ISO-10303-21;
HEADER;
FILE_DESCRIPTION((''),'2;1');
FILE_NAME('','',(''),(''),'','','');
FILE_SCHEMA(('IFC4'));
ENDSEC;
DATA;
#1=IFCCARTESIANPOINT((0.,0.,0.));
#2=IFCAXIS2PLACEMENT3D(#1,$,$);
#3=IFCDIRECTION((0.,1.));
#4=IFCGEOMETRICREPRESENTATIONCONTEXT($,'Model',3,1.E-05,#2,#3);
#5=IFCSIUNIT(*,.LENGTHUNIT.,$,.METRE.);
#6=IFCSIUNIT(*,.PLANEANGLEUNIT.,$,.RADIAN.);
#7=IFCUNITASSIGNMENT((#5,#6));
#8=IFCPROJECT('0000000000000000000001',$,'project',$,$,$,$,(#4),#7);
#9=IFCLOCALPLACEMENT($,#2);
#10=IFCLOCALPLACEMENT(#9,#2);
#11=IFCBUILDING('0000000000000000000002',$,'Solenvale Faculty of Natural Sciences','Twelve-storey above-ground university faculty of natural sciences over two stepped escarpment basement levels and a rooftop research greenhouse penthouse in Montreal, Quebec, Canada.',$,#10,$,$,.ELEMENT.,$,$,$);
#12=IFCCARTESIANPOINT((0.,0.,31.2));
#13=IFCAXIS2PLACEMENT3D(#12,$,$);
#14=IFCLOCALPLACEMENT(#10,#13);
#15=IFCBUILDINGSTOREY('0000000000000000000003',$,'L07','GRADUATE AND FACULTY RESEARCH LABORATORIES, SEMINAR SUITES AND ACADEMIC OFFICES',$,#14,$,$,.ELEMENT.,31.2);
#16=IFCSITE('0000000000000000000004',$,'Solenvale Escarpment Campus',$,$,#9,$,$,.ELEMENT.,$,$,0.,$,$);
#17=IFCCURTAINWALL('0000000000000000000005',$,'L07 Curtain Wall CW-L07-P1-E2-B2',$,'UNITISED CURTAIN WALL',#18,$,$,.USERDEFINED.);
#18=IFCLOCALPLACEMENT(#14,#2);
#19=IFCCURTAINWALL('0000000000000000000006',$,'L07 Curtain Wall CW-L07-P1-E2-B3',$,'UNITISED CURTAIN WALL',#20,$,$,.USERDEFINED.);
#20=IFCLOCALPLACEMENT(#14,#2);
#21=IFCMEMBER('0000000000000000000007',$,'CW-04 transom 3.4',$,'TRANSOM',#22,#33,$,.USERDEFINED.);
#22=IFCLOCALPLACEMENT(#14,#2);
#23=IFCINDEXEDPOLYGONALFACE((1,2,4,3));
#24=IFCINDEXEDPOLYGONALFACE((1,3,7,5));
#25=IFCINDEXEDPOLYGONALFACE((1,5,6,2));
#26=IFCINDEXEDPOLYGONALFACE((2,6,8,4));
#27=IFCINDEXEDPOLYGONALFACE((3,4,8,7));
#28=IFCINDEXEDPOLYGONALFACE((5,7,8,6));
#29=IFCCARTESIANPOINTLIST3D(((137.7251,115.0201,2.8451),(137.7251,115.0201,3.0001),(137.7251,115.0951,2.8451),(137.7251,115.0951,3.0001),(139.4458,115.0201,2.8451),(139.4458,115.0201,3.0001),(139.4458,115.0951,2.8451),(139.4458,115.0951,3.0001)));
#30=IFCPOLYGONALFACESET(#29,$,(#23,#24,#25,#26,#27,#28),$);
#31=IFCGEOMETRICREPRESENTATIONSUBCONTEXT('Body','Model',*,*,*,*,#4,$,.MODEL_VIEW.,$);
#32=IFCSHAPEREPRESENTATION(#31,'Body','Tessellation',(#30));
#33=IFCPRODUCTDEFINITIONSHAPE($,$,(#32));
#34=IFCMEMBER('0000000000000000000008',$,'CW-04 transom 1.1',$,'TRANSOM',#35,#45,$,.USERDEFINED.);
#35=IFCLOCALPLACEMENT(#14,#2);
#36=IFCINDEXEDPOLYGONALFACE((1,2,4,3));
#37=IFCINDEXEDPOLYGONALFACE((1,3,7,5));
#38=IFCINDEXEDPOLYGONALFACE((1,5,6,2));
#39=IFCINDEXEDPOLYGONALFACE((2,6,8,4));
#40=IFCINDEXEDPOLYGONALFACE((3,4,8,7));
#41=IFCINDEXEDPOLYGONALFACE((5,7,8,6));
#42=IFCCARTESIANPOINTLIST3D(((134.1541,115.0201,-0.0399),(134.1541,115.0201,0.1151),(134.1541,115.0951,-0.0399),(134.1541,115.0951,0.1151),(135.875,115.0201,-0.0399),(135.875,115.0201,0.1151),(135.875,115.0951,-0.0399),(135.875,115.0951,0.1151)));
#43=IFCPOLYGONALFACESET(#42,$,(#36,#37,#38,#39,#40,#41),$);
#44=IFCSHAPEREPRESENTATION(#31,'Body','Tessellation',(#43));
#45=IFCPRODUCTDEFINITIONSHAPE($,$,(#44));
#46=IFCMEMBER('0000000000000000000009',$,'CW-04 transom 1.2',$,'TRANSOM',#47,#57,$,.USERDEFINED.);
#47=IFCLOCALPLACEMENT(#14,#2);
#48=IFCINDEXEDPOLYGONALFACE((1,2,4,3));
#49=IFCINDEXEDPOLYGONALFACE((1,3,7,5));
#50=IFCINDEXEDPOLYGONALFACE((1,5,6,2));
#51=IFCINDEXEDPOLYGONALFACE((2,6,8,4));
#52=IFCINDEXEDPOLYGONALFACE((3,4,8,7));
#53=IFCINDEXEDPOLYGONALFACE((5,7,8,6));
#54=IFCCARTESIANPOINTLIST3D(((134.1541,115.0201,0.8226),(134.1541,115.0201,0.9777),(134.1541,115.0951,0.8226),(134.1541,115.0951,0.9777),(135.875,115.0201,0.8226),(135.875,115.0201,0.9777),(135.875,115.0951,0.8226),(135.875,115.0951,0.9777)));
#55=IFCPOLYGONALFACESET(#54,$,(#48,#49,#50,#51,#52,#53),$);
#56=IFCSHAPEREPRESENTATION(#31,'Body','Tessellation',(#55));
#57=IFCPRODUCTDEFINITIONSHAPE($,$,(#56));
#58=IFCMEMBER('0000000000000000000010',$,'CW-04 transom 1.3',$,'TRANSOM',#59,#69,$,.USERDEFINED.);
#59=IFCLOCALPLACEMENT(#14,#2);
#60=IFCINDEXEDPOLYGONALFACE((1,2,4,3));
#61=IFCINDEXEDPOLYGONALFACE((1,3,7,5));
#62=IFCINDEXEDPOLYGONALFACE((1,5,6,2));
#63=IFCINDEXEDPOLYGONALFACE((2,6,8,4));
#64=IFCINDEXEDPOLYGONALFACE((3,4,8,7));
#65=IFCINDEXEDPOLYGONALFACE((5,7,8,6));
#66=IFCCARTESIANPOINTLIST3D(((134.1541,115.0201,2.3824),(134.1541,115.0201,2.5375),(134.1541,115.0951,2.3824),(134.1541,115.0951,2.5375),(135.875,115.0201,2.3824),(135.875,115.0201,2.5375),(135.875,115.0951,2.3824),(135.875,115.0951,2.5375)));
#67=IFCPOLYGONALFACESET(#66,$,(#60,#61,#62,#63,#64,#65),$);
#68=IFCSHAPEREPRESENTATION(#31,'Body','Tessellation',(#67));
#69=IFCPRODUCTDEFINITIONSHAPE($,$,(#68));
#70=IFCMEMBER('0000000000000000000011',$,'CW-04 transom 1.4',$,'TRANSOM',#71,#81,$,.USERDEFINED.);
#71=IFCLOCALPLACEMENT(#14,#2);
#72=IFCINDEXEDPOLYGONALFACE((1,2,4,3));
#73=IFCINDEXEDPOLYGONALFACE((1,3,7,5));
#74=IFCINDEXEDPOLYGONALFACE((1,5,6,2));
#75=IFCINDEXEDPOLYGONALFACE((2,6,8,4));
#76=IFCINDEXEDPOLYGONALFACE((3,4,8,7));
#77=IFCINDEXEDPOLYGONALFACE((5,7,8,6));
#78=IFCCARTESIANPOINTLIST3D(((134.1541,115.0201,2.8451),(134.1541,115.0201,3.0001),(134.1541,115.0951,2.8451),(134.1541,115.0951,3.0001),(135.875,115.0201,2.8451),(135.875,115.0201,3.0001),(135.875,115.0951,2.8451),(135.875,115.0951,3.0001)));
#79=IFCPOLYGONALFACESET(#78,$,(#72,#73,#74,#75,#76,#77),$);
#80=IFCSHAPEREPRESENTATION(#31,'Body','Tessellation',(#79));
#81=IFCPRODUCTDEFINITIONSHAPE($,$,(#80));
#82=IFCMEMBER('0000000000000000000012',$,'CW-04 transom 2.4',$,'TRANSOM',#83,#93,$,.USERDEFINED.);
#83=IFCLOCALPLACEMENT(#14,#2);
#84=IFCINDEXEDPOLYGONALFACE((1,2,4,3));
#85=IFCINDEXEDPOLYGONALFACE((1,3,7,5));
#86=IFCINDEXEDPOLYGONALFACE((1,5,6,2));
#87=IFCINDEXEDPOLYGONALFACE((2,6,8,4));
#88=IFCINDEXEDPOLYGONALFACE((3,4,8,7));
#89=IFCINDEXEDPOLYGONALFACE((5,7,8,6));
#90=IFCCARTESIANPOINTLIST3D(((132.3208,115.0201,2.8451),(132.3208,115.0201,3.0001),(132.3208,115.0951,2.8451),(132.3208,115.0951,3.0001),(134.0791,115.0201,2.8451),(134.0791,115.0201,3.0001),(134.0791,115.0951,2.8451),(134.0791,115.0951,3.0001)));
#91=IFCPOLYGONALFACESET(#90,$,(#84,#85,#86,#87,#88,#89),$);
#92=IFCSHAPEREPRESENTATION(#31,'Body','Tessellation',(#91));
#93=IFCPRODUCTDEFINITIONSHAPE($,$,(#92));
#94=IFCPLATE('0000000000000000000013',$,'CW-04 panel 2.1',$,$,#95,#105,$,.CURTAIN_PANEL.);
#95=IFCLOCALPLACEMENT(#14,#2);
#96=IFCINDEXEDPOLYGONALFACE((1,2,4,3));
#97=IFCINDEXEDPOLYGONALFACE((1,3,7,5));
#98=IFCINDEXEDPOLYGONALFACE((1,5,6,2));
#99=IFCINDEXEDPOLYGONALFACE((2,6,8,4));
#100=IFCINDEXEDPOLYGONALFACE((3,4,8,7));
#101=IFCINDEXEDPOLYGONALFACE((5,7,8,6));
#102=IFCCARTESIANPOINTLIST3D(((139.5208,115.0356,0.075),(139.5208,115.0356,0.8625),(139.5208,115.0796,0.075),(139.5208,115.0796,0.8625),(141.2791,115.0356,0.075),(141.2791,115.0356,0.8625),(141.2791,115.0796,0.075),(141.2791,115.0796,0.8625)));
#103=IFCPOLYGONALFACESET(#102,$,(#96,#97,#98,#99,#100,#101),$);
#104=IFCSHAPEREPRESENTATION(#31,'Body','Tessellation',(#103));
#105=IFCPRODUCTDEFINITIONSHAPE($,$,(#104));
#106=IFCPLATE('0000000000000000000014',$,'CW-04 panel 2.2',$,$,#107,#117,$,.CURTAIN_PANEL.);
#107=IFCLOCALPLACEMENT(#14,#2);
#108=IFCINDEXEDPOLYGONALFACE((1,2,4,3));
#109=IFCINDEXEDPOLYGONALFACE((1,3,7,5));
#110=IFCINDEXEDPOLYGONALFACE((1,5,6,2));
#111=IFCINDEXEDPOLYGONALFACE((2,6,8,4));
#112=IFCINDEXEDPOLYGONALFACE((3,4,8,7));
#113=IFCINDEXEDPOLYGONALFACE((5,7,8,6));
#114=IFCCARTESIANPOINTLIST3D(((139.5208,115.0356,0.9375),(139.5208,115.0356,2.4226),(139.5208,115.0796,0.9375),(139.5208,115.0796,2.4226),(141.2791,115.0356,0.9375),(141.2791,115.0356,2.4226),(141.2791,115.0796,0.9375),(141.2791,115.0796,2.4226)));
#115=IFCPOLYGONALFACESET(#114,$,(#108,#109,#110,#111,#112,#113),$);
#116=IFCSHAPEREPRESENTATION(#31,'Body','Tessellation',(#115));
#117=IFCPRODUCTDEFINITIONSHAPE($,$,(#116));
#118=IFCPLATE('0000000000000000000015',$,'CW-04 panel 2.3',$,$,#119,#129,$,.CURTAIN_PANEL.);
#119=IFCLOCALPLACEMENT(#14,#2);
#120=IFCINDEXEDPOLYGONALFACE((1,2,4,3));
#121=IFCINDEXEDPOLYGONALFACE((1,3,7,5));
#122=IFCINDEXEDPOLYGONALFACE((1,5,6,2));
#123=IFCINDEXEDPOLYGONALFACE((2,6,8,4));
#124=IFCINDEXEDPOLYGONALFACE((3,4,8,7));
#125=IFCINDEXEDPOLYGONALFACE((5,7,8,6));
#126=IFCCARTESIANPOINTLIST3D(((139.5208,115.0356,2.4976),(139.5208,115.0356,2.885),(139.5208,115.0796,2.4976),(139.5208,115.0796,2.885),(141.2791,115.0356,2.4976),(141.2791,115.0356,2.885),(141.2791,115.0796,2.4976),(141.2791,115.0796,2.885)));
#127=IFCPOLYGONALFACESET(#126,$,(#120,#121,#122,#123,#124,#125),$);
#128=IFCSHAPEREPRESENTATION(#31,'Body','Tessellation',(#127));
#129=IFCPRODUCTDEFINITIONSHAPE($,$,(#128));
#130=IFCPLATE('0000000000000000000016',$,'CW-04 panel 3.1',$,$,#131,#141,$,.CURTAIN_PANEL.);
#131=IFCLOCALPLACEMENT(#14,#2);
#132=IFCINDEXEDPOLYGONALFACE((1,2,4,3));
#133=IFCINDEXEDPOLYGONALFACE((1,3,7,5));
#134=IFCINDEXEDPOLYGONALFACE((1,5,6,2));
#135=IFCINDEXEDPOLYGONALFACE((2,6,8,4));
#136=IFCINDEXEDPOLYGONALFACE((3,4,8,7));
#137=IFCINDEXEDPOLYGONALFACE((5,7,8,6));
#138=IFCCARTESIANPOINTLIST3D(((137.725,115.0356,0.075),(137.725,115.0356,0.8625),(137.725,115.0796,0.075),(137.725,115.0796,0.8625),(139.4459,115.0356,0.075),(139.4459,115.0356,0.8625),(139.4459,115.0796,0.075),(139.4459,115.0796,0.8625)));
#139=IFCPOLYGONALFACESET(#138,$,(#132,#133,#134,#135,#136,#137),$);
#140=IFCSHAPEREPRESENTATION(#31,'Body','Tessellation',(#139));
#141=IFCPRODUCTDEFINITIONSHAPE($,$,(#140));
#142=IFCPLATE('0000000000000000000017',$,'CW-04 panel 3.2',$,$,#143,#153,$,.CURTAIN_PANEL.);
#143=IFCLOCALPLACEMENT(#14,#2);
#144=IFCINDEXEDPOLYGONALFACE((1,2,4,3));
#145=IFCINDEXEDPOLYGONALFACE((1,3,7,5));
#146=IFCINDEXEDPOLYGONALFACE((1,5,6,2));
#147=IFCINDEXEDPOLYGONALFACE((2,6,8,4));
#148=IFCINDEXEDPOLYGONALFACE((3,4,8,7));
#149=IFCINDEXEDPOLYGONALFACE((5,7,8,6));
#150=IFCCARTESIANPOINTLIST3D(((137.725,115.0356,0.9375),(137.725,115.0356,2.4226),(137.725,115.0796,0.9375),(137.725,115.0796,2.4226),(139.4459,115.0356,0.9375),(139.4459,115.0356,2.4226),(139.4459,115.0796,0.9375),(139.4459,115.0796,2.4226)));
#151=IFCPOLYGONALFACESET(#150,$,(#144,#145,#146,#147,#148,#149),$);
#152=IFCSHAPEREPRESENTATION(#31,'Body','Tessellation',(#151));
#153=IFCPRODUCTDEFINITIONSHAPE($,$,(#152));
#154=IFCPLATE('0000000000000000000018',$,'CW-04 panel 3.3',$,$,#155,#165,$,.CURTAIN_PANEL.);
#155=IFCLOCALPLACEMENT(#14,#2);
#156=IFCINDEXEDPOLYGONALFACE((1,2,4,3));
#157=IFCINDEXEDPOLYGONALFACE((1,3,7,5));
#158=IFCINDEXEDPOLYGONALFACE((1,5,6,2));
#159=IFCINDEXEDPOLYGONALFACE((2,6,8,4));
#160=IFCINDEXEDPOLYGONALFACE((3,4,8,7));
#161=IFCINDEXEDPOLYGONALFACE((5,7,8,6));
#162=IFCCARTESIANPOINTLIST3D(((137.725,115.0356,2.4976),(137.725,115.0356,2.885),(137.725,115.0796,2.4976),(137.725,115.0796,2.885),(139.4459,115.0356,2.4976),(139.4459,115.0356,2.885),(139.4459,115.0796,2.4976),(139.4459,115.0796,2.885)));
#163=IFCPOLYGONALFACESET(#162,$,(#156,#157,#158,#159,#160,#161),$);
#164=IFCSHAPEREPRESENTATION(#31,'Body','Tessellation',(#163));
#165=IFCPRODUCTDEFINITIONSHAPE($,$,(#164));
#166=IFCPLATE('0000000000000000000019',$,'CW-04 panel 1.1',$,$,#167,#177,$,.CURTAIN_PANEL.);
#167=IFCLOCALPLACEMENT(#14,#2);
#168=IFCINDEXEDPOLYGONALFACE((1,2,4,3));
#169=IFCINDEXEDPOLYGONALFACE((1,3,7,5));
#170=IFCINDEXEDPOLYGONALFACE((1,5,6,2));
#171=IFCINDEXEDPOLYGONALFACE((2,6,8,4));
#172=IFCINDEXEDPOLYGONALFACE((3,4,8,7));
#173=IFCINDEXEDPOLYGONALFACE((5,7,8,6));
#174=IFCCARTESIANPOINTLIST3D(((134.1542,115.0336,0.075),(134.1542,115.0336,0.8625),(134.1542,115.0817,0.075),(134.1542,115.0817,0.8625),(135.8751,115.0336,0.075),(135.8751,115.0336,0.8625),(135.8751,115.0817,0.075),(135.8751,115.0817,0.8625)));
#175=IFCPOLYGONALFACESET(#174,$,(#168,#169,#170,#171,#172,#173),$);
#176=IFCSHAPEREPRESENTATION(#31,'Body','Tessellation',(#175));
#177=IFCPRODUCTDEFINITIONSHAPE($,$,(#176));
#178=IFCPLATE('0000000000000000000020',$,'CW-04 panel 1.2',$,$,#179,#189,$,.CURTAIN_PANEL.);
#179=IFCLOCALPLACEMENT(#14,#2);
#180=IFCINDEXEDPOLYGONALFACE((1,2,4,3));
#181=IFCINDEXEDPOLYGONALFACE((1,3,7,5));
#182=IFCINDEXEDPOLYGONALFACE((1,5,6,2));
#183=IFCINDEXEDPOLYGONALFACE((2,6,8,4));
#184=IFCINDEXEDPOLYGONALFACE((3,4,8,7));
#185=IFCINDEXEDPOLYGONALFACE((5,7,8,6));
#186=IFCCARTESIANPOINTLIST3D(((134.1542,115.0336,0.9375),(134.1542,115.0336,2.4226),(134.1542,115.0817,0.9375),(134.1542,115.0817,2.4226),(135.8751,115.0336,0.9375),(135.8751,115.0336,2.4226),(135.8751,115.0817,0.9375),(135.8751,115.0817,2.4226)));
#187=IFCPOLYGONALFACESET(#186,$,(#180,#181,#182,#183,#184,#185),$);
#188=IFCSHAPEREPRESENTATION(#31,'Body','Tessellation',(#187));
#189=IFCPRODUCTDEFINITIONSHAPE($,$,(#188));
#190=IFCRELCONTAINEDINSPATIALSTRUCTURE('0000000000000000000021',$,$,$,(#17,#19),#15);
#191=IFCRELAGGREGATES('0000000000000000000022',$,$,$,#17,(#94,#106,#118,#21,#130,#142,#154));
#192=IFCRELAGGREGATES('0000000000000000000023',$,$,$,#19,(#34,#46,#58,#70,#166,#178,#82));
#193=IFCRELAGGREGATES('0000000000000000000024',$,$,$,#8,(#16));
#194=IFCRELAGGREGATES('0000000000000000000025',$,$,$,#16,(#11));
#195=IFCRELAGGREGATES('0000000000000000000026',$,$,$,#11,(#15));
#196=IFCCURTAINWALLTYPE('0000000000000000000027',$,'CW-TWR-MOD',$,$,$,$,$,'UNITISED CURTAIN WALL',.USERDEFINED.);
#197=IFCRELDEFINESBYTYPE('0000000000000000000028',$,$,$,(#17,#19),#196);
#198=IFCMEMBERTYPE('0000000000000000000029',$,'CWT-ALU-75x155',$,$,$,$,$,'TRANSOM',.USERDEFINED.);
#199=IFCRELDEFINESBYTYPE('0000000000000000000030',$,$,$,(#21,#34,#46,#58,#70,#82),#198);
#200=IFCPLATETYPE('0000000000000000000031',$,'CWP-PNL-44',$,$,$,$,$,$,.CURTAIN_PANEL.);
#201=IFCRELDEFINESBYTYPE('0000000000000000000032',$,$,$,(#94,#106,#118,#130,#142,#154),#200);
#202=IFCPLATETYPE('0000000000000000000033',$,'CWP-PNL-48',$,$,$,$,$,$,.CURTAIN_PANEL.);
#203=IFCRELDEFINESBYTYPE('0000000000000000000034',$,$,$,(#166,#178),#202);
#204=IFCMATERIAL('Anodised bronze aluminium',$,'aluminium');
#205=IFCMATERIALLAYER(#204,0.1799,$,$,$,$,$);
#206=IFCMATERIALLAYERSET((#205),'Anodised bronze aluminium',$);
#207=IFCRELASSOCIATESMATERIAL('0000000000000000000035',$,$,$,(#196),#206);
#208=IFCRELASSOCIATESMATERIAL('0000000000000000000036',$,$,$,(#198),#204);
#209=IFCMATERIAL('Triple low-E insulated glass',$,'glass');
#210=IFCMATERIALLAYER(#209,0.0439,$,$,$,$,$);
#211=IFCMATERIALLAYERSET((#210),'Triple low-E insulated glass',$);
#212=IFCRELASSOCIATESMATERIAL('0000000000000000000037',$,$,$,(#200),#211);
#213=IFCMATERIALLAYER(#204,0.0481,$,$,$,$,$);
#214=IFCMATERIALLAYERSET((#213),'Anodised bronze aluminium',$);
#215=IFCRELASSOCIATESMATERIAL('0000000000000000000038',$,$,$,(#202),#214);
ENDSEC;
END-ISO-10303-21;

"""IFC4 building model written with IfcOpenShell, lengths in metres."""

from ifc_helpers import new_model, si_unit, direction, frame, origin, origin_2d, place, context, subcontext, project, spatial, rectangle, extrude, material, layer, layer_set, material_profile, profile_set, type_object, element, aggregate, save


model = new_model("IFC4")

# Units and contexts
model_context = context("Model", 3, precision=1e-05, world=origin(), true_north=direction((0.0, 1.0)))
body_context = subcontext(model_context, "Body", "Model", "MODEL_VIEW")
ifc_project = project(units=[si_unit("LENGTHUNIT", "METRE"), si_unit("PLANEANGLEUNIT", "RADIAN")], contexts=[model_context])

# Site, building, storey
site_placement = place(None, origin())
site = spatial("IfcSite", under=ifc_project, at=site_placement, Name="Solenvale Escarpment Campus", CompositionType="ELEMENT", RefElevation=0.0)
building_placement = place(site_placement, origin())
building = spatial("IfcBuilding", under=site, at=building_placement, Name="Solenvale Faculty of Natural Sciences", Description="Twelve-storey above-ground university faculty of natural sciences over two stepped escarpment basement levels and a rooftop research greenhouse penthouse in Montreal, Quebec, Canada.", CompositionType="ELEMENT")
storey_placement = place(building_placement, frame((0.0, 0.0, 31.2)))
storey = spatial("IfcBuildingStorey", under=building, at=storey_placement, Name="L07", Description="GRADUATE AND FACULTY RESEARCH LABORATORIES, SEMINAR SUITES AND ACADEMIC OFFICES", CompositionType="ELEMENT", Elevation=31.2)

# Curtain walls
ifc_material_1 = material(Name="Anodised bronze aluminium", Category="aluminium")
ifc_layer_1 = layer(ifc_material_1, 0.1799)
ifc_layer_set_1 = layer_set([ifc_layer_1], Name="Anodised bronze aluminium")
curtain_wall_type = type_object("IfcCurtainWallType", Name="CW-TWR-MOD", ElementType="UNITISED CURTAIN WALL", PredefinedType="USERDEFINED", material=ifc_layer_set_1)
curtain_wall_1_placement = place(storey_placement, origin())
curtain_wall_1 = element("IfcCurtainWall", 1, at=curtain_wall_1_placement, inside=storey, type_object=curtain_wall_type, Name="L07 Curtain Wall CW-L07-P1-E2-B2", ObjectType="UNITISED CURTAIN WALL", PredefinedType="USERDEFINED")
curtain_wall_2_placement = place(storey_placement, origin())
curtain_wall_2 = element("IfcCurtainWall", 2, at=curtain_wall_2_placement, inside=storey, type_object=curtain_wall_type, Name="L07 Curtain Wall CW-L07-P1-E2-B3", ObjectType="UNITISED CURTAIN WALL", PredefinedType="USERDEFINED")

# Members
ifc_material_profile_1 = material_profile(ifc_material_1, rectangle(XDim=0.075, YDim=0.155, at=origin_2d()), Name="ALU-TRN-75x155")
ifc_profile_set_1 = profile_set([ifc_material_profile_1], Name="Anodised bronze aluminium")
member_type_1 = type_object("IfcMemberType", Name="CWT-ALU-75x155", ElementType="TRANSOM", PredefinedType="USERDEFINED", material=ifc_profile_set_1)
member_1_placement = place(storey_placement, frame((139.4458, 115.0576, 2.9226), z_axis=(-1.0, 0.0, 0.0), x_axis=(0.0, -1.0, 0.0)))
member_1 = element("IfcMember", 3, at=member_1_placement, type_object=member_type_1, Name="CW-04 transom 3.4", ObjectType="TRANSOM", PredefinedType="USERDEFINED", context=body_context, shape_type="SweptSolid", body=[
    extrude(rectangle(XDim=0.075, YDim=0.155, at=origin_2d()), origin(), (0.0, 0.0, 1.0), 1.7207),
])
member_2_placement = place(storey_placement, frame((135.875, 115.0576, 0.0376), z_axis=(-1.0, 0.0, 0.0), x_axis=(0.0, -1.0, 0.0)))
member_2 = element("IfcMember", 4, at=member_2_placement, type_object=member_type_1, Name="CW-04 transom 1.1", ObjectType="TRANSOM", PredefinedType="USERDEFINED", context=body_context, shape_type="SweptSolid", body=[
    extrude(rectangle(XDim=0.075, YDim=0.155, at=origin_2d()), origin(), (0.0, 0.0, 1.0), 1.7209),
])
member_3_placement = place(storey_placement, frame((135.875, 115.0576, 0.9001), z_axis=(-1.0, 0.0, 0.0), x_axis=(0.0, -1.0, 0.0)))
member_3 = element("IfcMember", 5, at=member_3_placement, type_object=member_type_1, Name="CW-04 transom 1.2", ObjectType="TRANSOM", PredefinedType="USERDEFINED", context=body_context, shape_type="SweptSolid", body=[
    extrude(rectangle(XDim=0.075, YDim=0.155, at=origin_2d()), origin(), (0.0, 0.0, 1.0), 1.7209),
])
member_4_placement = place(storey_placement, frame((135.875, 115.0576, 2.46), z_axis=(-1.0, 0.0, 0.0), x_axis=(0.0, -1.0, 0.0)))
member_4 = element("IfcMember", 6, at=member_4_placement, type_object=member_type_1, Name="CW-04 transom 1.3", ObjectType="TRANSOM", PredefinedType="USERDEFINED", context=body_context, shape_type="SweptSolid", body=[
    extrude(rectangle(XDim=0.075, YDim=0.155, at=origin_2d()), origin(), (0.0, 0.0, 1.0), 1.7209),
])
member_5_placement = place(storey_placement, frame((135.875, 115.0576, 2.9226), z_axis=(-1.0, 0.0, 0.0), x_axis=(0.0, -1.0, 0.0)))
member_5 = element("IfcMember", 7, at=member_5_placement, type_object=member_type_1, Name="CW-04 transom 1.4", ObjectType="TRANSOM", PredefinedType="USERDEFINED", context=body_context, shape_type="SweptSolid", body=[
    extrude(rectangle(XDim=0.075, YDim=0.155, at=origin_2d()), origin(), (0.0, 0.0, 1.0), 1.7209),
])
member_6_placement = place(storey_placement, frame((134.0791, 115.0576, 2.9226), z_axis=(-1.0, 0.0, 0.0), x_axis=(0.0, -1.0, 0.0)))
member_6 = element("IfcMember", 8, at=member_6_placement, type_object=member_type_1, Name="CW-04 transom 2.4", ObjectType="TRANSOM", PredefinedType="USERDEFINED", context=body_context, shape_type="SweptSolid", body=[
    extrude(rectangle(XDim=0.075, YDim=0.155, at=origin_2d()), origin(), (0.0, 0.0, 1.0), 1.7583),
])

# Plates
ifc_material_2 = material(Name="Triple low-E insulated glass", Category="glass")
ifc_layer_2 = layer(ifc_material_2, 0.0439)
ifc_layer_set_2 = layer_set([ifc_layer_2], Name="Triple low-E insulated glass")
plate_type_1 = type_object("IfcPlateType", Name="CWP-PNL-44", PredefinedType="CURTAIN_PANEL", material=ifc_layer_set_2)
plate_1_placement = place(storey_placement, frame((140.3999, 115.0576, 0.075), z_axis=(0.0, 0.0, 1.0), x_axis=(-1.0, 0.0, 0.0)))
plate_1 = element("IfcPlate", 9, at=plate_1_placement, type_object=plate_type_1, Name="CW-04 panel 2.1", PredefinedType="CURTAIN_PANEL", context=body_context, shape_type="SweptSolid", body=[
    extrude(rectangle(XDim=1.7583, YDim=0.0439, at=origin_2d()), origin(), (0.0, 0.0, 1.0), 0.7876),
])
plate_2_placement = place(storey_placement, frame((140.3999, 115.0576, 0.9375), z_axis=(0.0, 0.0, 1.0), x_axis=(-1.0, 0.0, 0.0)))
plate_2 = element("IfcPlate", 10, at=plate_2_placement, type_object=plate_type_1, Name="CW-04 panel 2.2", PredefinedType="CURTAIN_PANEL", context=body_context, shape_type="SweptSolid", body=[
    extrude(rectangle(XDim=1.7583, YDim=0.0439, at=origin_2d()), origin(), (0.0, 0.0, 1.0), 1.4851),
])
plate_3_placement = place(storey_placement, frame((140.3999, 115.0576, 2.4976), z_axis=(0.0, 0.0, 1.0), x_axis=(-1.0, 0.0, 0.0)))
plate_3 = element("IfcPlate", 11, at=plate_3_placement, type_object=plate_type_1, Name="CW-04 panel 2.3", PredefinedType="CURTAIN_PANEL", context=body_context, shape_type="SweptSolid", body=[
    extrude(rectangle(XDim=1.7583, YDim=0.0439, at=origin_2d()), origin(), (0.0, 0.0, 1.0), 0.3875),
])
plate_4_placement = place(storey_placement, frame((138.5854, 115.0576, 0.075), z_axis=(0.0, 0.0, 1.0), x_axis=(-1.0, 0.0, 0.0)))
plate_4 = element("IfcPlate", 12, at=plate_4_placement, type_object=plate_type_1, Name="CW-04 panel 3.1", PredefinedType="CURTAIN_PANEL", context=body_context, shape_type="SweptSolid", body=[
    extrude(rectangle(XDim=1.7209, YDim=0.0439, at=origin_2d()), origin(), (0.0, 0.0, 1.0), 0.7876),
])
plate_5_placement = place(storey_placement, frame((138.5854, 115.0576, 0.9375), z_axis=(0.0, 0.0, 1.0), x_axis=(-1.0, 0.0, 0.0)))
plate_5 = element("IfcPlate", 13, at=plate_5_placement, type_object=plate_type_1, Name="CW-04 panel 3.2", PredefinedType="CURTAIN_PANEL", context=body_context, shape_type="SweptSolid", body=[
    extrude(rectangle(XDim=1.7209, YDim=0.0439, at=origin_2d()), origin(), (0.0, 0.0, 1.0), 1.4851),
])
plate_6_placement = place(storey_placement, frame((138.5854, 115.0576, 2.4976), z_axis=(0.0, 0.0, 1.0), x_axis=(-1.0, 0.0, 0.0)))
plate_6 = element("IfcPlate", 14, at=plate_6_placement, type_object=plate_type_1, Name="CW-04 panel 3.3", PredefinedType="CURTAIN_PANEL", context=body_context, shape_type="SweptSolid", body=[
    extrude(rectangle(XDim=1.7209, YDim=0.0439, at=origin_2d()), origin(), (0.0, 0.0, 1.0), 0.3875),
])
aggregate(curtain_wall_1, [plate_1, plate_2, plate_3, member_1, plate_4, plate_5, plate_6])
ifc_layer_3 = layer(ifc_material_1, 0.0481)
ifc_layer_set_3 = layer_set([ifc_layer_3], Name="Anodised bronze aluminium")
plate_type_2 = type_object("IfcPlateType", Name="CWP-PNL-48", PredefinedType="CURTAIN_PANEL", material=ifc_layer_set_3)
plate_7_placement = place(storey_placement, frame((135.0146, 115.0576, 0.075), z_axis=(0.0, 0.0, 1.0), x_axis=(-1.0, 0.0, 0.0)))
plate_7 = element("IfcPlate", 15, at=plate_7_placement, type_object=plate_type_2, Name="CW-04 panel 1.1", PredefinedType="CURTAIN_PANEL", context=body_context, shape_type="SweptSolid", body=[
    extrude(rectangle(XDim=1.7209, YDim=0.0481, at=origin_2d()), origin(), (0.0, 0.0, 1.0), 0.7876),
])
plate_8_placement = place(storey_placement, frame((135.0146, 115.0576, 0.9375), z_axis=(0.0, 0.0, 1.0), x_axis=(-1.0, 0.0, 0.0)))
plate_8 = element("IfcPlate", 16, at=plate_8_placement, type_object=plate_type_2, Name="CW-04 panel 1.2", PredefinedType="CURTAIN_PANEL", context=body_context, shape_type="SweptSolid", body=[
    extrude(rectangle(XDim=1.7209, YDim=0.0481, at=origin_2d()), origin(), (0.0, 0.0, 1.0), 1.4851),
])
aggregate(curtain_wall_2, [member_2, member_3, member_4, member_5, plate_7, plate_8, member_6])

save(model, "model.ifc")
